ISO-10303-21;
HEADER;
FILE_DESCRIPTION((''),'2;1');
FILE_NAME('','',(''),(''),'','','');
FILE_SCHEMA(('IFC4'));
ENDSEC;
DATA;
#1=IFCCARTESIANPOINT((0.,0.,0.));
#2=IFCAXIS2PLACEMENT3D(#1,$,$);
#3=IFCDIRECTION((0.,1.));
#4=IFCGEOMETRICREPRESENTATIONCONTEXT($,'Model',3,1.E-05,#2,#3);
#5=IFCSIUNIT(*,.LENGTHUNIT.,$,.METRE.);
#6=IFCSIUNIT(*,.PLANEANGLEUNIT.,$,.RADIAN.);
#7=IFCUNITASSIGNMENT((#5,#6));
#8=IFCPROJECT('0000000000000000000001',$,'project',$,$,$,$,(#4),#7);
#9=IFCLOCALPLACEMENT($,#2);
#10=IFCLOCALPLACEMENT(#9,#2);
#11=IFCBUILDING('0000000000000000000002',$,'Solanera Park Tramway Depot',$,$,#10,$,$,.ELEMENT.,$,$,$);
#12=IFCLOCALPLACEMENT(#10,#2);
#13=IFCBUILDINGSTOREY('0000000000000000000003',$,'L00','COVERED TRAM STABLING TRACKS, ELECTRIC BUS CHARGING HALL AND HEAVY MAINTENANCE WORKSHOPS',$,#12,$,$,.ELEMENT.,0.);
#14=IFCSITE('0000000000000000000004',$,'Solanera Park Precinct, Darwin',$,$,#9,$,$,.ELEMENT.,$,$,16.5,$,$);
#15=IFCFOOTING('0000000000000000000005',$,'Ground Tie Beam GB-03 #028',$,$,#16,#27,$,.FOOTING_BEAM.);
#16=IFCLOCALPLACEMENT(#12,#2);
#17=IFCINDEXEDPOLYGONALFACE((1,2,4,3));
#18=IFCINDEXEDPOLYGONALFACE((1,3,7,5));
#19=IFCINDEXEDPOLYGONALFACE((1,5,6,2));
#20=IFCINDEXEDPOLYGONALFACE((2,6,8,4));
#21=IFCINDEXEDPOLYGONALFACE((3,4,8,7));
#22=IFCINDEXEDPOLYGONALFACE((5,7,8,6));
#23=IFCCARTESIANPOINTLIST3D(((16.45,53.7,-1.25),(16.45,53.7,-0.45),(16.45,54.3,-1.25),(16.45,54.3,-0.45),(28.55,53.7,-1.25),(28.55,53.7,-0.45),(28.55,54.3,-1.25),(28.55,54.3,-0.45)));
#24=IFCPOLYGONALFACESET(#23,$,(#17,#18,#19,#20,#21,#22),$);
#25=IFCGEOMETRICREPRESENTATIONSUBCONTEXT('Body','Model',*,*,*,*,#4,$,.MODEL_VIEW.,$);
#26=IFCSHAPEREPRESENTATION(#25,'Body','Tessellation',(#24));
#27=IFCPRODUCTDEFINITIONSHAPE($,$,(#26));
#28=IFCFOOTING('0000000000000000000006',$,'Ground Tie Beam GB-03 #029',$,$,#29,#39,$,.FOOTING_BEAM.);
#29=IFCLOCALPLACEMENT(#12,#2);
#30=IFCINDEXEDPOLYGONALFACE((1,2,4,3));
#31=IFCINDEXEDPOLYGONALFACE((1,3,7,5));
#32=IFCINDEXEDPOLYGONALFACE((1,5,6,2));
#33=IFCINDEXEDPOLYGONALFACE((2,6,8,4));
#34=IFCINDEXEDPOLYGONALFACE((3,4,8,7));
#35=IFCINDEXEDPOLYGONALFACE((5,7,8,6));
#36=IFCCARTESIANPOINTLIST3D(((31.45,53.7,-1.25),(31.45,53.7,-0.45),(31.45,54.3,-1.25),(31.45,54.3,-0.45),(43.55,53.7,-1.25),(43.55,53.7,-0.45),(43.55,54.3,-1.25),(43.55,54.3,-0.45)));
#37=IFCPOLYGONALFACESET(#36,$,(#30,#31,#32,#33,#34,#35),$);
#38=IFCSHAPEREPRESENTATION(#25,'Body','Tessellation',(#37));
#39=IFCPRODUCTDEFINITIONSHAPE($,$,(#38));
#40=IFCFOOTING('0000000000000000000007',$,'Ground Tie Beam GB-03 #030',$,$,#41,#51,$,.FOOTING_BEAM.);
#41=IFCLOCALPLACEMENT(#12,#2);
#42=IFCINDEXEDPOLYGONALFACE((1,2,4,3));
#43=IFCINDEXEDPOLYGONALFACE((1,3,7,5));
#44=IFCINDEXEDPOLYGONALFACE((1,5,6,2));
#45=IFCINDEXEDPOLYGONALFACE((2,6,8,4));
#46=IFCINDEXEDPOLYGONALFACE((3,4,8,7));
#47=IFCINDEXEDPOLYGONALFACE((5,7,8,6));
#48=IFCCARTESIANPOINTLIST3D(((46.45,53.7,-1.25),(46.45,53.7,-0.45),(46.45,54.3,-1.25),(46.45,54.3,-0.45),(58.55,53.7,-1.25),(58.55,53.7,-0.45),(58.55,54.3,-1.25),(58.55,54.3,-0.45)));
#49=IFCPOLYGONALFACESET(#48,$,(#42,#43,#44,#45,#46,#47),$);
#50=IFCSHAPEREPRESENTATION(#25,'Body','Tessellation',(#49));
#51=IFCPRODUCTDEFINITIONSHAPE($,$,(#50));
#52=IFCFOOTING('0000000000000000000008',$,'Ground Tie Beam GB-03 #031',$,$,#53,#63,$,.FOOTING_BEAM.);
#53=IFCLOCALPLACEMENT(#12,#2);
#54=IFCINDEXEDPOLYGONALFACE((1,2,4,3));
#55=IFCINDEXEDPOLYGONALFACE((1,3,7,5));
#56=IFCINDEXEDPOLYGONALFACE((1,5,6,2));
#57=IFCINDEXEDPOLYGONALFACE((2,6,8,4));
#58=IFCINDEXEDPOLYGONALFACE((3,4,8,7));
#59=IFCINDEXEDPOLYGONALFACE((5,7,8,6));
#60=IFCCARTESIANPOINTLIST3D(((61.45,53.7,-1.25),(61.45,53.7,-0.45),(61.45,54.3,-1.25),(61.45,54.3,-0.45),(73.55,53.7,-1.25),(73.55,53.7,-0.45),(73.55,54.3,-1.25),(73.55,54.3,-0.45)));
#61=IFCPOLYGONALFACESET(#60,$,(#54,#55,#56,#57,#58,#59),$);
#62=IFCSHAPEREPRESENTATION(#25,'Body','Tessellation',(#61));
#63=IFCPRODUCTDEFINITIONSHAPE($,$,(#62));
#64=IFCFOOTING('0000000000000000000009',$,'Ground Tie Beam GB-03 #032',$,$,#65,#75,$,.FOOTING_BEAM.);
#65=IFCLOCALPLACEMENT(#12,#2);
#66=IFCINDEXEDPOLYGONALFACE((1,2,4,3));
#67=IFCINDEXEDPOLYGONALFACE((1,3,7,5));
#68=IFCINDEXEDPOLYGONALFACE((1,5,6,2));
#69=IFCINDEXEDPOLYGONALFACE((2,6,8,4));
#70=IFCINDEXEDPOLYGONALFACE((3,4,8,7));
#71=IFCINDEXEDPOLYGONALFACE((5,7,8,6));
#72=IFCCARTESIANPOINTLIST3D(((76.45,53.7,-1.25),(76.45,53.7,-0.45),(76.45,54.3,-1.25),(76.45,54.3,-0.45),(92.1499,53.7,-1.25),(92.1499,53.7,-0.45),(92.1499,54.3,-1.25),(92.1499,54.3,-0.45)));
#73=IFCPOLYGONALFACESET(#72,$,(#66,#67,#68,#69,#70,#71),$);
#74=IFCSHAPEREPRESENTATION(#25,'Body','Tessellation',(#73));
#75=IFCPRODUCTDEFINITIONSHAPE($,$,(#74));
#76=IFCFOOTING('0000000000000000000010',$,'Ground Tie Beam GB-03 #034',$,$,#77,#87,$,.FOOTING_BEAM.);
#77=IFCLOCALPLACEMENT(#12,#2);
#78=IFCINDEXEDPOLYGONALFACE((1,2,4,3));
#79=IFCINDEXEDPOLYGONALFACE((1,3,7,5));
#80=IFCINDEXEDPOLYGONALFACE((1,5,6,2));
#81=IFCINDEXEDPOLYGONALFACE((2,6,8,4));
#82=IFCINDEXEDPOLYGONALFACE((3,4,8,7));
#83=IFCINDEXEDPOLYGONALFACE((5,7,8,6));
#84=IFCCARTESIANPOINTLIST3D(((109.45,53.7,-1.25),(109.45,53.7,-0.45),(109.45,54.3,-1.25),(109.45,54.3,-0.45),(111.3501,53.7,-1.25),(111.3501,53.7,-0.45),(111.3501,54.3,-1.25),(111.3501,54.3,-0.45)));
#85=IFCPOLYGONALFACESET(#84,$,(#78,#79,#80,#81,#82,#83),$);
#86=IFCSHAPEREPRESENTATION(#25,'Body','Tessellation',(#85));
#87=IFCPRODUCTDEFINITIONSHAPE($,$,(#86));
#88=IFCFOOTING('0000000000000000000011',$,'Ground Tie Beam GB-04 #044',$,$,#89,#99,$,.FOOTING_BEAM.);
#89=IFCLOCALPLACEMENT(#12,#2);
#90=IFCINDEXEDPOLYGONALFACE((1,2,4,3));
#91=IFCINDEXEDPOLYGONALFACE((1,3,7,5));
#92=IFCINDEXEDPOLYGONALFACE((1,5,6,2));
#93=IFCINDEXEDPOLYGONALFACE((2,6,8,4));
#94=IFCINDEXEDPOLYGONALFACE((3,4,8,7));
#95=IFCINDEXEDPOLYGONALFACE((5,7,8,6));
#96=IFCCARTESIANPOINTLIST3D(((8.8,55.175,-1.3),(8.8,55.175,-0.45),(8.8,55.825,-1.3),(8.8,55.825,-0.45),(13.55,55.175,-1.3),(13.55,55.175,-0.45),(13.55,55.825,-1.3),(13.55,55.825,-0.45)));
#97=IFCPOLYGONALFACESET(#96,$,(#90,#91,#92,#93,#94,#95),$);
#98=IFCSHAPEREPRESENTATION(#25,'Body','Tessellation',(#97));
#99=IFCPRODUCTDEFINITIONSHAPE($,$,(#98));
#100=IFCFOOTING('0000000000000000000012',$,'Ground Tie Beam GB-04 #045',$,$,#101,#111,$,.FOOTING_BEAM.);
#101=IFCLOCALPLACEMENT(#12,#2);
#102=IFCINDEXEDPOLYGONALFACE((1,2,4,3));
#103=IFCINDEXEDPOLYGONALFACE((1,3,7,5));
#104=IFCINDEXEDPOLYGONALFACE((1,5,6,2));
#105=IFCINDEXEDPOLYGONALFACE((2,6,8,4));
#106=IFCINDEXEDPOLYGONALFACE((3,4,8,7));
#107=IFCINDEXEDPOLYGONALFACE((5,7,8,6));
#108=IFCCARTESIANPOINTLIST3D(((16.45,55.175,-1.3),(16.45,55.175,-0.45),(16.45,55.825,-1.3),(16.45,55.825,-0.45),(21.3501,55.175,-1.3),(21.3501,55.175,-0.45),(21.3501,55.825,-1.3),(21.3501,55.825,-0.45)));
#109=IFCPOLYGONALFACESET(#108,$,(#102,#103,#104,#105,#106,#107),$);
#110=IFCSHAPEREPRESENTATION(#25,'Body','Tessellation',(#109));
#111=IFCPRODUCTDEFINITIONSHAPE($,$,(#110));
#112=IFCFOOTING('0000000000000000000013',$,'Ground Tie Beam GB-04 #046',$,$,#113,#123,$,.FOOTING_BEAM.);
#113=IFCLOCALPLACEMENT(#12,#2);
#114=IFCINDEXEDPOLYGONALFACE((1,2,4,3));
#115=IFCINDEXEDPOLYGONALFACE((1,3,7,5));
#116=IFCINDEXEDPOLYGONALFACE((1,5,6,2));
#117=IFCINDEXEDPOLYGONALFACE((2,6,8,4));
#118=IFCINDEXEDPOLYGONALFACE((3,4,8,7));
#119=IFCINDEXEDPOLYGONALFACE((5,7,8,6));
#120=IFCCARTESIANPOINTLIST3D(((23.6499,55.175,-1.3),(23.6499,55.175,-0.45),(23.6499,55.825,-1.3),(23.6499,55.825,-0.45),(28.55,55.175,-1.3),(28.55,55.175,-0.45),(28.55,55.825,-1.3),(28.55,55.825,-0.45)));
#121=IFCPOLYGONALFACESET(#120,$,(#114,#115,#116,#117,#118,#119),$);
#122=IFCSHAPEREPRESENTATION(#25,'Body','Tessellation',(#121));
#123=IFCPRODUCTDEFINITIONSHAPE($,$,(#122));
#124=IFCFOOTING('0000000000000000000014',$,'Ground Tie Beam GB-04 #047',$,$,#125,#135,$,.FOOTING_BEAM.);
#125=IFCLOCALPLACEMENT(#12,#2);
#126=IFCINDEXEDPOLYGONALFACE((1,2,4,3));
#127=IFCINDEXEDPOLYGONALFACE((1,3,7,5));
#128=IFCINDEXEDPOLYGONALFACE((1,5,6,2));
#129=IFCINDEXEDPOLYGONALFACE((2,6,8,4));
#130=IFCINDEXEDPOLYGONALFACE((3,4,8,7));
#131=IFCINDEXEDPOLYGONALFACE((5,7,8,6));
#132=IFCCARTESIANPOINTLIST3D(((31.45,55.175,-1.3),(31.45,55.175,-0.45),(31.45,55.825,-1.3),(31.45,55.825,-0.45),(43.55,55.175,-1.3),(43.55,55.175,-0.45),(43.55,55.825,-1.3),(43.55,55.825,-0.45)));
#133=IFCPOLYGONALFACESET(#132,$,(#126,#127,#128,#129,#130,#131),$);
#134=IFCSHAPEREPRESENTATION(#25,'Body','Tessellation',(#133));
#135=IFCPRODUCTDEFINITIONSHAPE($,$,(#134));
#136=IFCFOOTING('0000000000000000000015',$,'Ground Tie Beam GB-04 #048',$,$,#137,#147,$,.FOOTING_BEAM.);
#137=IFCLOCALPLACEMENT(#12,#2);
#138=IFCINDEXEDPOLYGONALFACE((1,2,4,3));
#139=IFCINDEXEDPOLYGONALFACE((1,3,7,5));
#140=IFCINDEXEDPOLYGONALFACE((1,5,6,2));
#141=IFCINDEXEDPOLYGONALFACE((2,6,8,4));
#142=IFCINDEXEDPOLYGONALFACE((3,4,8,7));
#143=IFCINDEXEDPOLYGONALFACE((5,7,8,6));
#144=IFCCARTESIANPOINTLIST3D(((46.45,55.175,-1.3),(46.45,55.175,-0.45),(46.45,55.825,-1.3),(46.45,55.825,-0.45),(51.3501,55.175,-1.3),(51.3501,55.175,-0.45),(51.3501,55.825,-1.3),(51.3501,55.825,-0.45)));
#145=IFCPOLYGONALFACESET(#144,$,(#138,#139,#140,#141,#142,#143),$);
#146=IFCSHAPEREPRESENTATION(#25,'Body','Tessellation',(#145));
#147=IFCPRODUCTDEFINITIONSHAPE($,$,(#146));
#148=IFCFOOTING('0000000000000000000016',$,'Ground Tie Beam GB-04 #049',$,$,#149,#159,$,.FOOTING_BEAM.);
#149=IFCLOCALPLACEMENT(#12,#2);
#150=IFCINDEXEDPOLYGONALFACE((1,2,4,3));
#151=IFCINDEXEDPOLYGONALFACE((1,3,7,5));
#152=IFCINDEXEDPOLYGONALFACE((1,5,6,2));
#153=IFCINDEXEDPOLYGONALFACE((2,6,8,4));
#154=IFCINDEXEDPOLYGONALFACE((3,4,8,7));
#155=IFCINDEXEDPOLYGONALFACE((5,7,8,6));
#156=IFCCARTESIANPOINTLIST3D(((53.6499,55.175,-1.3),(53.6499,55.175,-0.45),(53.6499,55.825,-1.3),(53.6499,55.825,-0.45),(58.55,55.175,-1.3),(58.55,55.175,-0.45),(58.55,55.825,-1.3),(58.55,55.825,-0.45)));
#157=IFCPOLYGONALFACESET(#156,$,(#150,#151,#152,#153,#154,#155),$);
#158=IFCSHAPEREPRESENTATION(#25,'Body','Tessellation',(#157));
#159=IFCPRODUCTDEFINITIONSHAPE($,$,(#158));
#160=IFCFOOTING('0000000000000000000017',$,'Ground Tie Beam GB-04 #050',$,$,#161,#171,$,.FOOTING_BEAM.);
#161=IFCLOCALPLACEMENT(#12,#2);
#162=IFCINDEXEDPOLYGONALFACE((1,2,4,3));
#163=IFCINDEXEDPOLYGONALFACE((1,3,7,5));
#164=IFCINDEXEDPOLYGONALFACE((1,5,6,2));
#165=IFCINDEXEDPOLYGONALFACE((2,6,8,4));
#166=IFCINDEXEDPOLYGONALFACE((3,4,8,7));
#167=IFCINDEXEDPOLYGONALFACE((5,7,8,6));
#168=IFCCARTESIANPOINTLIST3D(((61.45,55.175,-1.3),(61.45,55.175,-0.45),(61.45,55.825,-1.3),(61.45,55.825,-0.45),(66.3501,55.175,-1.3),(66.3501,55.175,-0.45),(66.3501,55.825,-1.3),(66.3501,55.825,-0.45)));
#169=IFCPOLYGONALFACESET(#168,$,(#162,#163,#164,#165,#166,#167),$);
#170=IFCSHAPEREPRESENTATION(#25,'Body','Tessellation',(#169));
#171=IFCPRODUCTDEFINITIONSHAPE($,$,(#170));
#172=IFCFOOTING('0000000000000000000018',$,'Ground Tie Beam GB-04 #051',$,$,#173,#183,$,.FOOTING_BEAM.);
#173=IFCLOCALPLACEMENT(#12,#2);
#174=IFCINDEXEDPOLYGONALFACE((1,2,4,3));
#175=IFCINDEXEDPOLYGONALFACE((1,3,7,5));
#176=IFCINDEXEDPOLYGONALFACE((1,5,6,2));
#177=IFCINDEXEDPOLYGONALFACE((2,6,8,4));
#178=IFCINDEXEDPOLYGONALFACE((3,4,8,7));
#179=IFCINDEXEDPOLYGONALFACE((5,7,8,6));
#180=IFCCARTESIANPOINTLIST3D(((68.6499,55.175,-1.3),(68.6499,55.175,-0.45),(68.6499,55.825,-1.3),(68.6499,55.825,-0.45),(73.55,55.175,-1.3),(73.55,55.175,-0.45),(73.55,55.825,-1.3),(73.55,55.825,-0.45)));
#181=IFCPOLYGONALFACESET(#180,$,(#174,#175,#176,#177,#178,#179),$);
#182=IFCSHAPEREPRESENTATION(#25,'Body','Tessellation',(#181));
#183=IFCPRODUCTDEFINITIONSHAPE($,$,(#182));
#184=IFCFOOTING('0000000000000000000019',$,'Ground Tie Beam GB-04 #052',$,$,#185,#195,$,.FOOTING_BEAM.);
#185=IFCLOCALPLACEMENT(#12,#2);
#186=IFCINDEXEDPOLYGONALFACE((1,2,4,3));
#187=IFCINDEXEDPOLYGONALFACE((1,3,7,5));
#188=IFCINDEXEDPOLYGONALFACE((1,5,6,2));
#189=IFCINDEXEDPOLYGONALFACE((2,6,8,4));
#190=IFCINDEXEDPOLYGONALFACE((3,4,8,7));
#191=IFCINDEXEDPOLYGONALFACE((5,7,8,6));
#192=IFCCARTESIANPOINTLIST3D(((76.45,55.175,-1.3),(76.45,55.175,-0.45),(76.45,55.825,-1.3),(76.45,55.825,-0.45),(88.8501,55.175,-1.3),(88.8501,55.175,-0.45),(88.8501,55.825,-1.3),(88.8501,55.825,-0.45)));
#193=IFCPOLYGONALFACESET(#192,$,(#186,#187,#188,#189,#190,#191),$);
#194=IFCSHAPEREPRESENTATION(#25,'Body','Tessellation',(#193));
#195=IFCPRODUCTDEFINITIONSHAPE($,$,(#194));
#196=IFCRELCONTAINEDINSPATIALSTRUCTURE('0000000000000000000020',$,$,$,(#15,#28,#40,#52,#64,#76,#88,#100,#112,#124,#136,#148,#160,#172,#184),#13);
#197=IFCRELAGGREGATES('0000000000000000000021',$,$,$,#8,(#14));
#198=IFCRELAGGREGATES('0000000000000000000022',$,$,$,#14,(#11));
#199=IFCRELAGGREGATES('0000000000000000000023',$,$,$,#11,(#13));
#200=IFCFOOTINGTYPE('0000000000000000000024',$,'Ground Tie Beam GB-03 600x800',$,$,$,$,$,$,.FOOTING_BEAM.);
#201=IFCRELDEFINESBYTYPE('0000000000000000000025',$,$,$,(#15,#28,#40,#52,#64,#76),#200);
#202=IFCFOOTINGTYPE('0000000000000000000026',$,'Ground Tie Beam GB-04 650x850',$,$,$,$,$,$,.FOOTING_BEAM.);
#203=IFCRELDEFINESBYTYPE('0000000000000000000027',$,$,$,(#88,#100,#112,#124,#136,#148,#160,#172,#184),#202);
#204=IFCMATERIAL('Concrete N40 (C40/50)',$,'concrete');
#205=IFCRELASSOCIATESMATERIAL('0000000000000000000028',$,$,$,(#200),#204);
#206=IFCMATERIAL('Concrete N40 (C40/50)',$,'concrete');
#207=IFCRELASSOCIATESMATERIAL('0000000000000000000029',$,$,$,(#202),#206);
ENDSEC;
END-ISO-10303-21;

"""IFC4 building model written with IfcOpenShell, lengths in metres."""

from ifc_helpers import new_model, si_unit, direction, frame, origin, place, context, subcontext, project, spatial, polyline, outline, extrude, material, type_object, element, save


model = new_model("IFC4")

# Units and contexts
model_context = context("Model", 3, precision=1e-05, world=origin(), true_north=direction((0.0, 1.0)))
body_context = subcontext(model_context, "Body", "Model", "MODEL_VIEW")
ifc_project = project(units=[si_unit("LENGTHUNIT", "METRE"), si_unit("PLANEANGLEUNIT", "RADIAN")], contexts=[model_context])

# Site, building, storey
site_placement = place(None, origin())
site = spatial("IfcSite", under=ifc_project, at=site_placement, Name="Solanera Park Precinct, Darwin", CompositionType="ELEMENT", RefElevation=16.5)
building_placement = place(site_placement, origin())
building = spatial("IfcBuilding", under=site, at=building_placement, Name="Solanera Park Tramway Depot", CompositionType="ELEMENT")
storey_placement = place(building_placement, origin())
storey = spatial("IfcBuildingStorey", under=building, at=storey_placement, Name="L00", Description="COVERED TRAM STABLING TRACKS, ELECTRIC BUS CHARGING HALL AND HEAVY MAINTENANCE WORKSHOPS", CompositionType="ELEMENT", Elevation=0.0)

# Footings
ifc_material_1 = material(Name="Concrete N40 (C40/50)", Category="concrete")
footing_type_1 = type_object("IfcFootingType", Name="Ground Tie Beam GB-03 600x800", PredefinedType="FOOTING_BEAM", material=ifc_material_1)
footing_1_placement = place(storey_placement, frame((0.0, 0.0, -1.25)))
element("IfcFooting", 1, at=footing_1_placement, inside=storey, type_object=footing_type_1, Name="Ground Tie Beam GB-03 #028", PredefinedType="FOOTING_BEAM", context=body_context, shape_type="SweptSolid", body=[
    extrude(outline(polyline([(28.55, 53.7), (28.55, 54.3), (16.45, 54.3), (16.45, 53.7), (28.55, 53.7)])), origin(), (0.0, 0.0, 1.0), 0.8),
])
footing_2_placement = place(storey_placement, frame((0.0, 0.0, -1.25)))
element("IfcFooting", 2, at=footing_2_placement, inside=storey, type_object=footing_type_1, Name="Ground Tie Beam GB-03 #029", PredefinedType="FOOTING_BEAM", context=body_context, shape_type="SweptSolid", body=[
    extrude(outline(polyline([(43.55, 53.7), (43.55, 54.3), (31.45, 54.3), (31.45, 53.7), (43.55, 53.7)])), origin(), (0.0, 0.0, 1.0), 0.8),
])
footing_3_placement = place(storey_placement, frame((0.0, 0.0, -1.25)))
element("IfcFooting", 3, at=footing_3_placement, inside=storey, type_object=footing_type_1, Name="Ground Tie Beam GB-03 #030", PredefinedType="FOOTING_BEAM", context=body_context, shape_type="SweptSolid", body=[
    extrude(outline(polyline([(58.55, 53.7), (58.55, 54.3), (46.45, 54.3), (46.45, 53.7), (58.55, 53.7)])), origin(), (0.0, 0.0, 1.0), 0.8),
])
footing_4_placement = place(storey_placement, frame((0.0, 0.0, -1.25)))
element("IfcFooting", 4, at=footing_4_placement, inside=storey, type_object=footing_type_1, Name="Ground Tie Beam GB-03 #031", PredefinedType="FOOTING_BEAM", context=body_context, shape_type="SweptSolid", body=[
    extrude(outline(polyline([(73.55, 53.7), (73.55, 54.3), (61.45, 54.3), (61.45, 53.7), (73.55, 53.7)])), origin(), (0.0, 0.0, 1.0), 0.8),
])
footing_5_placement = place(storey_placement, frame((0.0, 0.0, -1.25)))
element("IfcFooting", 5, at=footing_5_placement, inside=storey, type_object=footing_type_1, Name="Ground Tie Beam GB-03 #032", PredefinedType="FOOTING_BEAM", context=body_context, shape_type="SweptSolid", body=[
    extrude(outline(polyline([(92.1499, 53.7), (92.1499, 54.3), (76.45, 54.3), (76.45, 53.7), (92.1499, 53.7)])), origin(), (0.0, 0.0, 1.0), 0.8),
])
footing_6_placement = place(storey_placement, frame((0.0, 0.0, -1.25)))
element("IfcFooting", 6, at=footing_6_placement, inside=storey, type_object=footing_type_1, Name="Ground Tie Beam GB-03 #034", PredefinedType="FOOTING_BEAM", context=body_context, shape_type="SweptSolid", body=[
    extrude(outline(polyline([(111.3501, 53.7), (111.3501, 54.3), (109.45, 54.3), (109.45, 53.7), (111.3501, 53.7)])), origin(), (0.0, 0.0, 1.0), 0.8),
])
ifc_material_2 = material(Name="Concrete N40 (C40/50)", Category="concrete")
footing_type_2 = type_object("IfcFootingType", Name="Ground Tie Beam GB-04 650x850", PredefinedType="FOOTING_BEAM", material=ifc_material_2)
footing_7_placement = place(storey_placement, frame((0.0, 0.0, -1.3)))
element("IfcFooting", 7, at=footing_7_placement, inside=storey, type_object=footing_type_2, Name="Ground Tie Beam GB-04 #044", PredefinedType="FOOTING_BEAM", context=body_context, shape_type="SweptSolid", body=[
    extrude(outline(polyline([(13.55, 55.175), (13.55, 55.825), (8.8, 55.825), (8.8, 55.175), (13.55, 55.175)])), origin(), (0.0, 0.0, 1.0), 0.8501),
])
footing_8_placement = place(storey_placement, frame((0.0, 0.0, -1.3)))
element("IfcFooting", 8, at=footing_8_placement, inside=storey, type_object=footing_type_2, Name="Ground Tie Beam GB-04 #045", PredefinedType="FOOTING_BEAM", context=body_context, shape_type="SweptSolid", body=[
    extrude(outline(polyline([(21.3501, 55.175), (21.3501, 55.825), (16.45, 55.825), (16.45, 55.175), (21.3501, 55.175)])), origin(), (0.0, 0.0, 1.0), 0.8501),
])
footing_9_placement = place(storey_placement, frame((0.0, 0.0, -1.3)))
element("IfcFooting", 9, at=footing_9_placement, inside=storey, type_object=footing_type_2, Name="Ground Tie Beam GB-04 #046", PredefinedType="FOOTING_BEAM", context=body_context, shape_type="SweptSolid", body=[
    extrude(outline(polyline([(28.55, 55.175), (28.55, 55.825), (23.6499, 55.825), (23.6499, 55.175), (28.55, 55.175)])), origin(), (0.0, 0.0, 1.0), 0.8501),
])
footing_10_placement = place(storey_placement, frame((0.0, 0.0, -1.3)))
element("IfcFooting", 10, at=footing_10_placement, inside=storey, type_object=footing_type_2, Name="Ground Tie Beam GB-04 #047", PredefinedType="FOOTING_BEAM", context=body_context, shape_type="SweptSolid", body=[
    extrude(outline(polyline([(43.55, 55.175), (43.55, 55.825), (31.45, 55.825), (31.45, 55.175), (43.55, 55.175)])), origin(), (0.0, 0.0, 1.0), 0.8501),
])
footing_11_placement = place(storey_placement, frame((0.0, 0.0, -1.3)))
element("IfcFooting", 11, at=footing_11_placement, inside=storey, type_object=footing_type_2, Name="Ground Tie Beam GB-04 #048", PredefinedType="FOOTING_BEAM", context=body_context, shape_type="SweptSolid", body=[
    extrude(outline(polyline([(51.3501, 55.175), (51.3501, 55.825), (46.45, 55.825), (46.45, 55.175), (51.3501, 55.175)])), origin(), (0.0, 0.0, 1.0), 0.8501),
])
footing_12_placement = place(storey_placement, frame((0.0, 0.0, -1.3)))
element("IfcFooting", 12, at=footing_12_placement, inside=storey, type_object=footing_type_2, Name="Ground Tie Beam GB-04 #049", PredefinedType="FOOTING_BEAM", context=body_context, shape_type="SweptSolid", body=[
    extrude(outline(polyline([(58.55, 55.175), (58.55, 55.825), (53.6499, 55.825), (53.6499, 55.175), (58.55, 55.175)])), origin(), (0.0, 0.0, 1.0), 0.8501),
])
footing_13_placement = place(storey_placement, frame((0.0, 0.0, -1.3)))
element("IfcFooting", 13, at=footing_13_placement, inside=storey, type_object=footing_type_2, Name="Ground Tie Beam GB-04 #050", PredefinedType="FOOTING_BEAM", context=body_context, shape_type="SweptSolid", body=[
    extrude(outline(polyline([(66.3501, 55.175), (66.3501, 55.825), (61.45, 55.825), (61.45, 55.175), (66.3501, 55.175)])), origin(), (0.0, 0.0, 1.0), 0.8501),
])
footing_14_placement = place(storey_placement, frame((0.0, 0.0, -1.3)))
element("IfcFooting", 14, at=footing_14_placement, inside=storey, type_object=footing_type_2, Name="Ground Tie Beam GB-04 #051", PredefinedType="FOOTING_BEAM", context=body_context, shape_type="SweptSolid", body=[
    extrude(outline(polyline([(73.55, 55.175), (73.55, 55.825), (68.6499, 55.825), (68.6499, 55.175), (73.55, 55.175)])), origin(), (0.0, 0.0, 1.0), 0.8501),
])
footing_15_placement = place(storey_placement, frame((0.0, 0.0, -1.3)))
element("IfcFooting", 15, at=footing_15_placement, inside=storey, type_object=footing_type_2, Name="Ground Tie Beam GB-04 #052", PredefinedType="FOOTING_BEAM", context=body_context, shape_type="SweptSolid", body=[
    extrude(outline(polyline([(88.8501, 55.175), (88.8501, 55.825), (76.45, 55.825), (76.45, 55.175), (88.8501, 55.175)])), origin(), (0.0, 0.0, 1.0), 0.8501),
])

save(model, "model.ifc")
